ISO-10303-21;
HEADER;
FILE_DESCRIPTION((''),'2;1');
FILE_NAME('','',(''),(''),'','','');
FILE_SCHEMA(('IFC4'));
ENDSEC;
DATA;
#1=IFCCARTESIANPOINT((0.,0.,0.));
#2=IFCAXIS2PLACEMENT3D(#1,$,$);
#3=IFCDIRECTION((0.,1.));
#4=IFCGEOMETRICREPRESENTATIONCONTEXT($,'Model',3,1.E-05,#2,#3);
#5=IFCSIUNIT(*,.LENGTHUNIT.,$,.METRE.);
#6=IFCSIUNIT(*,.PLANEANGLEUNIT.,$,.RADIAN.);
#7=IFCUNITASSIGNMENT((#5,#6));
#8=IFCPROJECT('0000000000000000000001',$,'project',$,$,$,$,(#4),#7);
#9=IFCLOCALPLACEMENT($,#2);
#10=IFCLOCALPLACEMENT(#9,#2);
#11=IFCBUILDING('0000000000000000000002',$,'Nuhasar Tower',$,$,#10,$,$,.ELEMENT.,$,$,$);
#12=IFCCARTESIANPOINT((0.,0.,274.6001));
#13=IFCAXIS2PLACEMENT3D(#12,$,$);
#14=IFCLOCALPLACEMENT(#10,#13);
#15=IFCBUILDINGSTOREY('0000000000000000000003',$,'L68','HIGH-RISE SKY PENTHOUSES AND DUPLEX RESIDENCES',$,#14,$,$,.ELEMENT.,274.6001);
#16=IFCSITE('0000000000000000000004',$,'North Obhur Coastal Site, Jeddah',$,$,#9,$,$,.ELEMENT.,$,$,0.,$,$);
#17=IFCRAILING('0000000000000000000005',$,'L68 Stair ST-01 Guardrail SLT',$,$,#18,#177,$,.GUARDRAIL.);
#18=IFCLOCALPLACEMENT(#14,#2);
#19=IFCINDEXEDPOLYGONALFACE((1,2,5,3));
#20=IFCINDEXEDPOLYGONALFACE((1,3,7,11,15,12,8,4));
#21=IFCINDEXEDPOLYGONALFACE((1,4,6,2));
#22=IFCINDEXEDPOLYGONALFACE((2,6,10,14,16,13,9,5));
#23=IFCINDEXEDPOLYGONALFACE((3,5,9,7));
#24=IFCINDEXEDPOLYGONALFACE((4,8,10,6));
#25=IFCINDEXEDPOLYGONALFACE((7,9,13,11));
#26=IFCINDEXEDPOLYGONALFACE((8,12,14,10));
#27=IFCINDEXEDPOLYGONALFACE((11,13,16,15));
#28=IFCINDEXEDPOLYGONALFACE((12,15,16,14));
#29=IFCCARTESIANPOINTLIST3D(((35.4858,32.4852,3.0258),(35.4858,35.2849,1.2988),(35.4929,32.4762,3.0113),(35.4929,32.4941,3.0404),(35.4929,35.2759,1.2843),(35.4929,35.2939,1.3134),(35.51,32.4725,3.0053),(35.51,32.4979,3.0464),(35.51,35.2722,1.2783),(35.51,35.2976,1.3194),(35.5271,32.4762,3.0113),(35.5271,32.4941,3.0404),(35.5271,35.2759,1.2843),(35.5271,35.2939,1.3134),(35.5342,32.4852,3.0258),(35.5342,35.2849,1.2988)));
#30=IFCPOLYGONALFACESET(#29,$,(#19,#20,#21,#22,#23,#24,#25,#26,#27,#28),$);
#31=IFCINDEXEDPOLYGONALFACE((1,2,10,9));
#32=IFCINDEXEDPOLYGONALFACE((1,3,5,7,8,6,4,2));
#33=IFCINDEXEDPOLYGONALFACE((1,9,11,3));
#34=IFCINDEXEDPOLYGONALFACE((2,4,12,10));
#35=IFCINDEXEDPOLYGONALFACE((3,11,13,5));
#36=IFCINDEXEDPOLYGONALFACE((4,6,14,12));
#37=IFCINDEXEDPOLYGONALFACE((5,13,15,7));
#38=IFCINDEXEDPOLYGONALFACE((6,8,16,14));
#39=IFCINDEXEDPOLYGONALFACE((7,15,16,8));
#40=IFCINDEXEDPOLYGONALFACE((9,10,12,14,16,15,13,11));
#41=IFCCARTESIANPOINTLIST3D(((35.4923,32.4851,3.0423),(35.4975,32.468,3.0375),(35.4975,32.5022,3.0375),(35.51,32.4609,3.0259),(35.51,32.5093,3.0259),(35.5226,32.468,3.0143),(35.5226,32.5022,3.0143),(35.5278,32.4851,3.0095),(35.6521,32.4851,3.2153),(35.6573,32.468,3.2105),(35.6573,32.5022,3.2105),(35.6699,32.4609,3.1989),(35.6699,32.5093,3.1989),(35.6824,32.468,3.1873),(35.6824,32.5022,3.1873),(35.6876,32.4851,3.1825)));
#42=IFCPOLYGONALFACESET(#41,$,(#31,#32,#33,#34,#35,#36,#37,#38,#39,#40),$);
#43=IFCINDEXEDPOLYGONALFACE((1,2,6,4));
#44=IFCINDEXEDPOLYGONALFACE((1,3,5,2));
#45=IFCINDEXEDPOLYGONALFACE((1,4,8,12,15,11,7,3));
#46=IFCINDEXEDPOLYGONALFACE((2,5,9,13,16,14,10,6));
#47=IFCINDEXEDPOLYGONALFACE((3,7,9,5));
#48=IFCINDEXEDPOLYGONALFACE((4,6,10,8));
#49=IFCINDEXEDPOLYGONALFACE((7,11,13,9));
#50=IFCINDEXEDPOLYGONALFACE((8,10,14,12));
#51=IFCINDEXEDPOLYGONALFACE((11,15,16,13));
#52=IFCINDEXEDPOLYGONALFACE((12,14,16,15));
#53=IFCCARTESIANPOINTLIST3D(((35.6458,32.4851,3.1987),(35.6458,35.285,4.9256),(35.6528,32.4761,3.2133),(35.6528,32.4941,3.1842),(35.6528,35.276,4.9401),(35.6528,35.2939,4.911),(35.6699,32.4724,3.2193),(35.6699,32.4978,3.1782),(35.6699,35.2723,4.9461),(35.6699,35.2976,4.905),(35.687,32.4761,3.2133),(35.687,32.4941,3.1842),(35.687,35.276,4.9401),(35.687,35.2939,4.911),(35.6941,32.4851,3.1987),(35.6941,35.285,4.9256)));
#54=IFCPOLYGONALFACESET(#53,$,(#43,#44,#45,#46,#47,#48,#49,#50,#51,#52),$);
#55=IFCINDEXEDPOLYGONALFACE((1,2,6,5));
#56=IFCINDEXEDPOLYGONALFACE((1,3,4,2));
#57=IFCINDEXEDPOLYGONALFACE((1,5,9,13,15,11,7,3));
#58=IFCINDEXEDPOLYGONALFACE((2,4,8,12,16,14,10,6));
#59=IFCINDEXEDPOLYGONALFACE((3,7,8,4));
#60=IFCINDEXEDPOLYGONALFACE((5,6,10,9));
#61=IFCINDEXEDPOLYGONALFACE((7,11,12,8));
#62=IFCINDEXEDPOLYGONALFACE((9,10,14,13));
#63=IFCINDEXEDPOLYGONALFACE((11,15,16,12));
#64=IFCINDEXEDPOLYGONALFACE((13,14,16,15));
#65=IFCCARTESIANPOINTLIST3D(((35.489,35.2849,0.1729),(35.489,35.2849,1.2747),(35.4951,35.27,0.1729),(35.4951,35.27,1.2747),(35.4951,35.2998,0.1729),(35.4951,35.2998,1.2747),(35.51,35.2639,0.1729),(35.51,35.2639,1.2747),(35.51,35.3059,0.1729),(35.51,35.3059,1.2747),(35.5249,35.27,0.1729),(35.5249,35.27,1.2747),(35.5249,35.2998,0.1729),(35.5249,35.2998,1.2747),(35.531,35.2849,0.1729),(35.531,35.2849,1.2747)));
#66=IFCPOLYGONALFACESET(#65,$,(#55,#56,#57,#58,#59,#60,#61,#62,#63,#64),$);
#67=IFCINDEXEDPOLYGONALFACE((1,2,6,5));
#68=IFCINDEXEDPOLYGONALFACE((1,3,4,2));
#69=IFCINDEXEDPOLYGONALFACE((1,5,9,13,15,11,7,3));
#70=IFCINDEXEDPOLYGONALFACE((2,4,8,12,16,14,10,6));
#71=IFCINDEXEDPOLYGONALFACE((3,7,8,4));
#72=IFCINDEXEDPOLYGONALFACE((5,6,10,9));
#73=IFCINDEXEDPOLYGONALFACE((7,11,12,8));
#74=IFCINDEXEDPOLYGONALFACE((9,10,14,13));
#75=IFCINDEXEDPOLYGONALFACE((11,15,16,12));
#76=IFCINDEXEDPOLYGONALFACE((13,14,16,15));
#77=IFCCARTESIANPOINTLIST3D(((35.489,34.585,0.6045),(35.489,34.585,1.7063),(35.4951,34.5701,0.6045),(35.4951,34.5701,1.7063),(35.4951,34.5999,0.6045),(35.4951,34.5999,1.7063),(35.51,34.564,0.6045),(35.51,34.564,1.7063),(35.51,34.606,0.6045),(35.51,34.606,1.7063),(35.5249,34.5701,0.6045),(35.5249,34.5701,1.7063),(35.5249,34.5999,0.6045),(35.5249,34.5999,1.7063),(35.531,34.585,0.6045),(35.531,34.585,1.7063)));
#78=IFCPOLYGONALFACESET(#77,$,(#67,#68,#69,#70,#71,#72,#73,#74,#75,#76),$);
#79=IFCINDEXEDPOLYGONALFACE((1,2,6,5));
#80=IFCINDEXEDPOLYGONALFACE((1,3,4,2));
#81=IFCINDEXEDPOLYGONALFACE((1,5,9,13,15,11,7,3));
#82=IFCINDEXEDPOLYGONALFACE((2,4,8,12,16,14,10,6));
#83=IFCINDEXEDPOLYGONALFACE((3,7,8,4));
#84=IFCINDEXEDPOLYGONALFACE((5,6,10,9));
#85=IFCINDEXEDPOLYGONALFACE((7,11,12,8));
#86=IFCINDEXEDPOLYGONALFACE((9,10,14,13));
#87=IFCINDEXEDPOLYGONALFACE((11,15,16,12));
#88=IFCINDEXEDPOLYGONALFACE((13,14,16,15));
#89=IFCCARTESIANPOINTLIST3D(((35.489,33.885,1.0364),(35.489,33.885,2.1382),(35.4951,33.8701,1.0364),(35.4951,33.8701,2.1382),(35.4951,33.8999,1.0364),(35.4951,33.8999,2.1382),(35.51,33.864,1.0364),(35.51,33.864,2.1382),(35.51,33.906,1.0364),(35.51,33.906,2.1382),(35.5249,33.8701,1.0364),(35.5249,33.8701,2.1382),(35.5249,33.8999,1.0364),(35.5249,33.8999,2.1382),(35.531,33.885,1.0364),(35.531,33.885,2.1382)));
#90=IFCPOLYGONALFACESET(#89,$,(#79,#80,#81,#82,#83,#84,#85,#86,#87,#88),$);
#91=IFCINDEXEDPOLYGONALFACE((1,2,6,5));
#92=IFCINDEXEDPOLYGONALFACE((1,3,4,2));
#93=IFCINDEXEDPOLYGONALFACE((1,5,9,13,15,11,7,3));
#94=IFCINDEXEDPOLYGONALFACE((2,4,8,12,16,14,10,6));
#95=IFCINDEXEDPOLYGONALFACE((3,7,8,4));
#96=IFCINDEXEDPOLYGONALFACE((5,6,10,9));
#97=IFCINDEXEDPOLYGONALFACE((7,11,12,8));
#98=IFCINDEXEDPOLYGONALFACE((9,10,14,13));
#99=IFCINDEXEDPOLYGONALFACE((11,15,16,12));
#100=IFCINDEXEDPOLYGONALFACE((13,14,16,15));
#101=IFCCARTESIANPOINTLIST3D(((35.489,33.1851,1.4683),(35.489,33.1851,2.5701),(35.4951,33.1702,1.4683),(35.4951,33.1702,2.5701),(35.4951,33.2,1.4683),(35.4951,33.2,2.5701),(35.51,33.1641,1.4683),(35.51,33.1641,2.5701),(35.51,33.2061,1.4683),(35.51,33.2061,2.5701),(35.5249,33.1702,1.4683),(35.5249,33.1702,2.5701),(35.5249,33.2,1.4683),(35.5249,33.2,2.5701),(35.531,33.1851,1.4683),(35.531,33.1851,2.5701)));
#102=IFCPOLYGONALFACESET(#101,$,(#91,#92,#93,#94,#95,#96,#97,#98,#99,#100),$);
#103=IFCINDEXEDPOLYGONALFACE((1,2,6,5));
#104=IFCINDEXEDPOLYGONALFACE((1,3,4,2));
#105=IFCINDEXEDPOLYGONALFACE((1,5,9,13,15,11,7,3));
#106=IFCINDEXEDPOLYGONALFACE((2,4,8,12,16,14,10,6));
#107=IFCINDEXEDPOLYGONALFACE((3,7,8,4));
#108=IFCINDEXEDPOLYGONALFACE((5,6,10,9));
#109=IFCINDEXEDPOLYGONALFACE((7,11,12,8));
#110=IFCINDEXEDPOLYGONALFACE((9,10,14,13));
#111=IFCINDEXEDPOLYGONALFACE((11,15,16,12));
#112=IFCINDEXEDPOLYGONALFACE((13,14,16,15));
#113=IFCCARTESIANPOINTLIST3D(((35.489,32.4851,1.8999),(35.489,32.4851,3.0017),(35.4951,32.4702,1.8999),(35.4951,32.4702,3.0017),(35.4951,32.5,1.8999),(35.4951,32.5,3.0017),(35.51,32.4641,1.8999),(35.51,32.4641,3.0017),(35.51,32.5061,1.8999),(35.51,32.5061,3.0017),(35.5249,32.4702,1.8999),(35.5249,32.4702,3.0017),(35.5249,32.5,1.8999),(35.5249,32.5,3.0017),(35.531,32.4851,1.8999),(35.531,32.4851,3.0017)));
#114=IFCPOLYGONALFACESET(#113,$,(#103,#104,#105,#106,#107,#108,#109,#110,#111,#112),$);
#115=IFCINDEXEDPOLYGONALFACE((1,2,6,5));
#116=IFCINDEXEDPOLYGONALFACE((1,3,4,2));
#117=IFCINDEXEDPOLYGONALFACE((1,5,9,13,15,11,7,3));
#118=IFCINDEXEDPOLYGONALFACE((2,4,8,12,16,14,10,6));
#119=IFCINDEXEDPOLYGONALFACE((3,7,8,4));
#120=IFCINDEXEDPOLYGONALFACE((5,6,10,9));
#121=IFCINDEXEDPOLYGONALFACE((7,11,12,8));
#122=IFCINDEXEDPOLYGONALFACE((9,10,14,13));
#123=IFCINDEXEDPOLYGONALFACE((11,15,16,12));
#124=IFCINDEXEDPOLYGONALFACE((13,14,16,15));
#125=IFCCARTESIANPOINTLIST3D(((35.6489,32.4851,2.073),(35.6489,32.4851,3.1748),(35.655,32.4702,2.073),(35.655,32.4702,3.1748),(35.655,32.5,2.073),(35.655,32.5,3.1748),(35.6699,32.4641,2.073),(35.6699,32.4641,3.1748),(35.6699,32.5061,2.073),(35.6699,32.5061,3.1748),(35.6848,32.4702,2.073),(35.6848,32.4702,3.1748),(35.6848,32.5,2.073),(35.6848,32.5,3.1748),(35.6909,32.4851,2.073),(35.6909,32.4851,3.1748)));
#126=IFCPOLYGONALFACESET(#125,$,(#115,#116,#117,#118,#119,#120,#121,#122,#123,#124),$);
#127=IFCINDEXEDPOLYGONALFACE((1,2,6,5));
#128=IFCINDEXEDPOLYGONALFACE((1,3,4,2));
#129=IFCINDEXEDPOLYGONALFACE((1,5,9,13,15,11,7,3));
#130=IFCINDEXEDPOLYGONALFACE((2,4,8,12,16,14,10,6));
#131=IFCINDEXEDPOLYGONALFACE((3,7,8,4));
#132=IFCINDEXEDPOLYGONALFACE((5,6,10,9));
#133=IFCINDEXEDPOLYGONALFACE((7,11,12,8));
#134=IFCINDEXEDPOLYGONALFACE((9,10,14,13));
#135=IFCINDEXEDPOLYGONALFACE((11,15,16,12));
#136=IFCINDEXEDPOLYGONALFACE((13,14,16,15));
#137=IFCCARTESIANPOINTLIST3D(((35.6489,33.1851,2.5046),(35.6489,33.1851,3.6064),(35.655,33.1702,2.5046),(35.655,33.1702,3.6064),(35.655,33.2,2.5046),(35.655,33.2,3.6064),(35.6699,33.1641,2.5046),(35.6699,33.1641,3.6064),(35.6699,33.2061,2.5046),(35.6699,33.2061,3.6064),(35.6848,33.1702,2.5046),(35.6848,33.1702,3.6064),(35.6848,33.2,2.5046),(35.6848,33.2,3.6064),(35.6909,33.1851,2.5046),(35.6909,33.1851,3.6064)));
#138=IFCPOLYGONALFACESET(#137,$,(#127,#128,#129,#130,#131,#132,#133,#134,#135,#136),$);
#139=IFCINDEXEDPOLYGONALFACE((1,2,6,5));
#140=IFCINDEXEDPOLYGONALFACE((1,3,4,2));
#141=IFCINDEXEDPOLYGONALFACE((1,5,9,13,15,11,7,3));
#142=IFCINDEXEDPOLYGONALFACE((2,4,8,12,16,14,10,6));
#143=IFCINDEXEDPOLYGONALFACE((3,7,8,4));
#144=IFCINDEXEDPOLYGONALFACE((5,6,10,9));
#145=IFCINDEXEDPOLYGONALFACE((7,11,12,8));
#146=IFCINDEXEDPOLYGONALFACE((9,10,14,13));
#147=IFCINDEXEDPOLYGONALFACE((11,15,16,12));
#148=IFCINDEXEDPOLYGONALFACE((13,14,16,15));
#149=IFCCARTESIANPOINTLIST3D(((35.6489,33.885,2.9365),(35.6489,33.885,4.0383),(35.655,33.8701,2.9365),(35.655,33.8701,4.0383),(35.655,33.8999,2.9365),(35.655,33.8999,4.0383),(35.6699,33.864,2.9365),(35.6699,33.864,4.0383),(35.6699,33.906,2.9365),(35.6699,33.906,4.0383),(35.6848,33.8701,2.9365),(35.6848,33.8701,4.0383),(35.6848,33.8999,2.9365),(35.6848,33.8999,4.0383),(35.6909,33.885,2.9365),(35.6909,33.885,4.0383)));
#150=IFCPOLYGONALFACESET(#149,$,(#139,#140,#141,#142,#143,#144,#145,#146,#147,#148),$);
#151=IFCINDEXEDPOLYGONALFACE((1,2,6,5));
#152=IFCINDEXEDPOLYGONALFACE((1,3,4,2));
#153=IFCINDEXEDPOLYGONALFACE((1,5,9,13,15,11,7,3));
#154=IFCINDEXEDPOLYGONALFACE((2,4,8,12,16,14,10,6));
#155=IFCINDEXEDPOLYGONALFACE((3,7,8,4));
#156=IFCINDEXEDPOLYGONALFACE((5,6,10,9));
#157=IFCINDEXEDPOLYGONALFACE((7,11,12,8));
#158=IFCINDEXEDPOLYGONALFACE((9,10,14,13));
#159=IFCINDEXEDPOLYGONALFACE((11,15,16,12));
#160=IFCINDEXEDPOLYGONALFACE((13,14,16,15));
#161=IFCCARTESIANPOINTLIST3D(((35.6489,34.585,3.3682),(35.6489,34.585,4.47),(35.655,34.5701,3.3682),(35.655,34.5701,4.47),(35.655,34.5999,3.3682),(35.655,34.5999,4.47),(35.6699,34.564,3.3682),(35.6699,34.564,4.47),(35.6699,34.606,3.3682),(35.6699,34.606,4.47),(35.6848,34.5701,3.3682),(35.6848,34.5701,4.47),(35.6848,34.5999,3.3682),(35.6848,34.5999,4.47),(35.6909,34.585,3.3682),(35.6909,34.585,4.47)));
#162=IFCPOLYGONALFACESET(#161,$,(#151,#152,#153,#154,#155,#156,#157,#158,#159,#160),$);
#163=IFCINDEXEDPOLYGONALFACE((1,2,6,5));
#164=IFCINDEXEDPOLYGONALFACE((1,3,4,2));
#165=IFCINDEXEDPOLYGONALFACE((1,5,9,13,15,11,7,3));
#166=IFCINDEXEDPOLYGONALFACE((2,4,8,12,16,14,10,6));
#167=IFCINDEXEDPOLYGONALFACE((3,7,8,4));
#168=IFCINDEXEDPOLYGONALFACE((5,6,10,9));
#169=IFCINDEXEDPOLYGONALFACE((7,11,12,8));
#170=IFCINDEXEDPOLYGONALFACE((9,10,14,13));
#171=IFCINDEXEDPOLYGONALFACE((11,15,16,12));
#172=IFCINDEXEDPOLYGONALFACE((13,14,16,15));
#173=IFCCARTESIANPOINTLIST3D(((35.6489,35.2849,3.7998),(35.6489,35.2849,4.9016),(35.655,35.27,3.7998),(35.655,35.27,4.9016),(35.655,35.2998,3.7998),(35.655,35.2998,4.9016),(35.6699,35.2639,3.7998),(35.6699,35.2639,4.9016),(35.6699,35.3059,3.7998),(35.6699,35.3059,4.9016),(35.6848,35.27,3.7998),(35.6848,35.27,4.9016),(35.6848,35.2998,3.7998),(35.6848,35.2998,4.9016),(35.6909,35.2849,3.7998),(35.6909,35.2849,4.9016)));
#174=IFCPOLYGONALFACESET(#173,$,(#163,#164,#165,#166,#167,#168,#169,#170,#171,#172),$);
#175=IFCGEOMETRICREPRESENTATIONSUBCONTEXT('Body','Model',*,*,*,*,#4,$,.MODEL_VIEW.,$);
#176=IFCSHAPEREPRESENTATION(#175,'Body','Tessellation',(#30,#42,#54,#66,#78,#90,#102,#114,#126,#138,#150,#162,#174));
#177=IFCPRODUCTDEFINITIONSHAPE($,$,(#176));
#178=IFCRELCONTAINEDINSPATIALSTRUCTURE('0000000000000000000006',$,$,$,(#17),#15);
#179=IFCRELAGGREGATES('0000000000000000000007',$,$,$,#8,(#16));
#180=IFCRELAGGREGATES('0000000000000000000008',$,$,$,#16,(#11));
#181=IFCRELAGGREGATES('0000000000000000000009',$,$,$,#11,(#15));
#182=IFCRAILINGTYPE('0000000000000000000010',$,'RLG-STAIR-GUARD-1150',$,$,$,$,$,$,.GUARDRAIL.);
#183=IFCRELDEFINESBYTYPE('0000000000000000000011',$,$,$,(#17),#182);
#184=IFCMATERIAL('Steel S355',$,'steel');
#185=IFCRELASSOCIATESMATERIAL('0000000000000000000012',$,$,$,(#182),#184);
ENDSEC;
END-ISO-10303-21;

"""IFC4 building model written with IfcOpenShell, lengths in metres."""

from ifc_helpers import new_model, si_unit, direction, frame, origin, place, context, subcontext, project, spatial, polyline, outline, extrude, material, type_object, element, save


model = new_model("IFC4")

# Units and contexts
model_context = context("Model", 3, precision=1e-05, world=origin(), true_north=direction((0.0, 1.0)))
body_context = subcontext(model_context, "Body", "Model", "MODEL_VIEW")
ifc_project = project(units=[si_unit("LENGTHUNIT", "METRE"), si_unit("PLANEANGLEUNIT", "RADIAN")], contexts=[model_context])

# Site, building, storey
site_placement = place(None, origin())
site = spatial("IfcSite", under=ifc_project, at=site_placement, Name="North Obhur Coastal Site, Jeddah", CompositionType="ELEMENT", RefElevation=0.0)
building_placement = place(site_placement, origin())
building = spatial("IfcBuilding", under=site, at=building_placement, Name="Nuhasar Tower", CompositionType="ELEMENT")
storey_placement = place(building_placement, frame((0.0, 0.0, 274.6001)))
storey = spatial("IfcBuildingStorey", under=building, at=storey_placement, Name="L68", Description="HIGH-RISE SKY PENTHOUSES AND DUPLEX RESIDENCES", CompositionType="ELEMENT", Elevation=274.6001)

# Shared definitions
ifc_material_1 = material(Name="Steel S355", Category="steel")

# Railing
railing_type_1 = type_object("IfcRailingType", Name="RLG-STAIR-GUARD-1150", PredefinedType="GUARDRAIL", material=ifc_material_1)
railing_1_placement = place(storey_placement, frame((35.51, 35.2849, 0.1729)))
element("IfcRailing", 1, at=railing_1_placement, inside=storey, type_object=railing_type_1, Name="L68 Stair ST-01 Guardrail SLT", PredefinedType="GUARDRAIL", context=body_context, shape_type="SweptSolid", body=[
    extrude(outline(polyline([(0.0242, 0.0), (0.0171, 0.0171), (0.0, 0.0242), (-0.0171, 0.0171), (-0.0242, 0.0), (-0.0171, -0.0171), (0.0, -0.0242), (0.0171, -0.0171), (0.0242, 0.0)])), frame((0.0, 0.0, 1.126), z_axis=(0.0, -0.851102, 0.525), x_axis=(1.0, 0.0, 0.0)), (0.0, 0.0, 1.0), 3.2896),
    extrude(outline(polyline([(0.0242, 0.0), (0.0171, 0.0171), (0.0, 0.0242), (-0.0171, 0.0171), (-0.0242, 0.0), (-0.0171, -0.0171), (0.0, -0.0242), (0.0171, -0.0171), (0.0242, 0.0)])), frame((0.0, -2.7998, 2.853), z_axis=(0.678581, 0.0, 0.734525), x_axis=(0.0, 1.0, 0.0)), (0.0, 0.0, 1.0), 0.2356),
    extrude(outline(polyline([(0.0242, 0.0), (0.0171, 0.0171), (0.0, 0.0242), (-0.0171, 0.0171), (-0.0242, 0.0), (-0.0171, -0.0171), (0.0, -0.0242), (0.0171, -0.0171), (0.0242, 0.0)])), frame((0.1599, -2.7998, 3.0259), z_axis=(0.0, 0.851135, 0.524946), x_axis=(-1.0, 0.0, 0.0)), (0.0, 0.0, 1.0), 3.2896),
    extrude(outline(polyline([(0.021, 0.0), (0.0149, 0.0149), (0.0, 0.021), (-0.0149, 0.0149), (-0.021, 0.0), (-0.0149, -0.0149), (0.0, -0.021), (0.0149, -0.0149), (0.021, 0.0)])), origin(), (0.0, 0.0, 1.0), 1.1018),
    extrude(outline(polyline([(0.021, 0.0), (0.0149, 0.0149), (0.0, 0.021), (-0.0149, 0.0149), (-0.021, 0.0), (-0.0149, -0.0149), (0.0, -0.021), (0.0149, -0.0149), (0.021, 0.0)])), frame((0.0, -0.7, 0.4316)), (0.0, 0.0, 1.0), 1.1018),
    extrude(outline(polyline([(0.021, 0.0), (0.0149, 0.0149), (0.0, 0.021), (-0.0149, 0.0149), (-0.021, 0.0), (-0.0149, -0.0149), (0.0, -0.021), (0.0149, -0.0149), (0.021, 0.0)])), frame((0.0, -1.3999, 0.8635)), (0.0, 0.0, 1.0), 1.1018),
    extrude(outline(polyline([(0.021, 0.0), (0.0149, 0.0149), (0.0, 0.021), (-0.0149, 0.0149), (-0.021, 0.0), (-0.0149, -0.0149), (0.0, -0.021), (0.0149, -0.0149), (0.021, 0.0)])), frame((0.0, -2.0999, 1.2954)), (0.0, 0.0, 1.0), 1.1018),
    extrude(outline(polyline([(0.021, 0.0), (0.0149, 0.0149), (0.0, 0.021), (-0.0149, 0.0149), (-0.021, 0.0), (-0.0149, -0.0149), (0.0, -0.021), (0.0149, -0.0149), (0.021, 0.0)])), frame((0.0, -2.7998, 1.7271)), (0.0, 0.0, 1.0), 1.1018),
    extrude(outline(polyline([(0.021, 0.0), (0.0149, 0.0149), (0.0, 0.021), (-0.0149, 0.0149), (-0.021, 0.0), (-0.0149, -0.0149), (0.0, -0.021), (0.0149, -0.0149), (0.021, 0.0)])), frame((0.1599, -2.7998, 1.9001)), (0.0, 0.0, 1.0), 1.1018),
    extrude(outline(polyline([(0.021, 0.0), (0.0149, 0.0149), (0.0, 0.021), (-0.0149, 0.0149), (-0.021, 0.0), (-0.0149, -0.0149), (0.0, -0.021), (0.0149, -0.0149), (0.021, 0.0)])), frame((0.1599, -2.0999, 2.3318)), (0.0, 0.0, 1.0), 1.1018),
    extrude(outline(polyline([(0.021, 0.0), (0.0149, 0.0149), (0.0, 0.021), (-0.0149, 0.0149), (-0.021, 0.0), (-0.0149, -0.0149), (0.0, -0.021), (0.0149, -0.0149), (0.021, 0.0)])), frame((0.1599, -1.3999, 2.7637)), (0.0, 0.0, 1.0), 1.1018),
    extrude(outline(polyline([(0.021, 0.0), (0.0149, 0.0149), (0.0, 0.021), (-0.0149, 0.0149), (-0.021, 0.0), (-0.0149, -0.0149), (0.0, -0.021), (0.0149, -0.0149), (0.021, 0.0)])), frame((0.1599, -0.7, 3.1953)), (0.0, 0.0, 1.0), 1.1018),
    extrude(outline(polyline([(0.021, 0.0), (0.0149, 0.0149), (0.0, 0.021), (-0.0149, 0.0149), (-0.021, 0.0), (-0.0149, -0.0149), (0.0, -0.021), (0.0149, -0.0149), (0.021, 0.0)])), frame((0.1599, 0.0, 3.627)), (0.0, 0.0, 1.0), 1.1018),
])

save(model, "model.ifc")
